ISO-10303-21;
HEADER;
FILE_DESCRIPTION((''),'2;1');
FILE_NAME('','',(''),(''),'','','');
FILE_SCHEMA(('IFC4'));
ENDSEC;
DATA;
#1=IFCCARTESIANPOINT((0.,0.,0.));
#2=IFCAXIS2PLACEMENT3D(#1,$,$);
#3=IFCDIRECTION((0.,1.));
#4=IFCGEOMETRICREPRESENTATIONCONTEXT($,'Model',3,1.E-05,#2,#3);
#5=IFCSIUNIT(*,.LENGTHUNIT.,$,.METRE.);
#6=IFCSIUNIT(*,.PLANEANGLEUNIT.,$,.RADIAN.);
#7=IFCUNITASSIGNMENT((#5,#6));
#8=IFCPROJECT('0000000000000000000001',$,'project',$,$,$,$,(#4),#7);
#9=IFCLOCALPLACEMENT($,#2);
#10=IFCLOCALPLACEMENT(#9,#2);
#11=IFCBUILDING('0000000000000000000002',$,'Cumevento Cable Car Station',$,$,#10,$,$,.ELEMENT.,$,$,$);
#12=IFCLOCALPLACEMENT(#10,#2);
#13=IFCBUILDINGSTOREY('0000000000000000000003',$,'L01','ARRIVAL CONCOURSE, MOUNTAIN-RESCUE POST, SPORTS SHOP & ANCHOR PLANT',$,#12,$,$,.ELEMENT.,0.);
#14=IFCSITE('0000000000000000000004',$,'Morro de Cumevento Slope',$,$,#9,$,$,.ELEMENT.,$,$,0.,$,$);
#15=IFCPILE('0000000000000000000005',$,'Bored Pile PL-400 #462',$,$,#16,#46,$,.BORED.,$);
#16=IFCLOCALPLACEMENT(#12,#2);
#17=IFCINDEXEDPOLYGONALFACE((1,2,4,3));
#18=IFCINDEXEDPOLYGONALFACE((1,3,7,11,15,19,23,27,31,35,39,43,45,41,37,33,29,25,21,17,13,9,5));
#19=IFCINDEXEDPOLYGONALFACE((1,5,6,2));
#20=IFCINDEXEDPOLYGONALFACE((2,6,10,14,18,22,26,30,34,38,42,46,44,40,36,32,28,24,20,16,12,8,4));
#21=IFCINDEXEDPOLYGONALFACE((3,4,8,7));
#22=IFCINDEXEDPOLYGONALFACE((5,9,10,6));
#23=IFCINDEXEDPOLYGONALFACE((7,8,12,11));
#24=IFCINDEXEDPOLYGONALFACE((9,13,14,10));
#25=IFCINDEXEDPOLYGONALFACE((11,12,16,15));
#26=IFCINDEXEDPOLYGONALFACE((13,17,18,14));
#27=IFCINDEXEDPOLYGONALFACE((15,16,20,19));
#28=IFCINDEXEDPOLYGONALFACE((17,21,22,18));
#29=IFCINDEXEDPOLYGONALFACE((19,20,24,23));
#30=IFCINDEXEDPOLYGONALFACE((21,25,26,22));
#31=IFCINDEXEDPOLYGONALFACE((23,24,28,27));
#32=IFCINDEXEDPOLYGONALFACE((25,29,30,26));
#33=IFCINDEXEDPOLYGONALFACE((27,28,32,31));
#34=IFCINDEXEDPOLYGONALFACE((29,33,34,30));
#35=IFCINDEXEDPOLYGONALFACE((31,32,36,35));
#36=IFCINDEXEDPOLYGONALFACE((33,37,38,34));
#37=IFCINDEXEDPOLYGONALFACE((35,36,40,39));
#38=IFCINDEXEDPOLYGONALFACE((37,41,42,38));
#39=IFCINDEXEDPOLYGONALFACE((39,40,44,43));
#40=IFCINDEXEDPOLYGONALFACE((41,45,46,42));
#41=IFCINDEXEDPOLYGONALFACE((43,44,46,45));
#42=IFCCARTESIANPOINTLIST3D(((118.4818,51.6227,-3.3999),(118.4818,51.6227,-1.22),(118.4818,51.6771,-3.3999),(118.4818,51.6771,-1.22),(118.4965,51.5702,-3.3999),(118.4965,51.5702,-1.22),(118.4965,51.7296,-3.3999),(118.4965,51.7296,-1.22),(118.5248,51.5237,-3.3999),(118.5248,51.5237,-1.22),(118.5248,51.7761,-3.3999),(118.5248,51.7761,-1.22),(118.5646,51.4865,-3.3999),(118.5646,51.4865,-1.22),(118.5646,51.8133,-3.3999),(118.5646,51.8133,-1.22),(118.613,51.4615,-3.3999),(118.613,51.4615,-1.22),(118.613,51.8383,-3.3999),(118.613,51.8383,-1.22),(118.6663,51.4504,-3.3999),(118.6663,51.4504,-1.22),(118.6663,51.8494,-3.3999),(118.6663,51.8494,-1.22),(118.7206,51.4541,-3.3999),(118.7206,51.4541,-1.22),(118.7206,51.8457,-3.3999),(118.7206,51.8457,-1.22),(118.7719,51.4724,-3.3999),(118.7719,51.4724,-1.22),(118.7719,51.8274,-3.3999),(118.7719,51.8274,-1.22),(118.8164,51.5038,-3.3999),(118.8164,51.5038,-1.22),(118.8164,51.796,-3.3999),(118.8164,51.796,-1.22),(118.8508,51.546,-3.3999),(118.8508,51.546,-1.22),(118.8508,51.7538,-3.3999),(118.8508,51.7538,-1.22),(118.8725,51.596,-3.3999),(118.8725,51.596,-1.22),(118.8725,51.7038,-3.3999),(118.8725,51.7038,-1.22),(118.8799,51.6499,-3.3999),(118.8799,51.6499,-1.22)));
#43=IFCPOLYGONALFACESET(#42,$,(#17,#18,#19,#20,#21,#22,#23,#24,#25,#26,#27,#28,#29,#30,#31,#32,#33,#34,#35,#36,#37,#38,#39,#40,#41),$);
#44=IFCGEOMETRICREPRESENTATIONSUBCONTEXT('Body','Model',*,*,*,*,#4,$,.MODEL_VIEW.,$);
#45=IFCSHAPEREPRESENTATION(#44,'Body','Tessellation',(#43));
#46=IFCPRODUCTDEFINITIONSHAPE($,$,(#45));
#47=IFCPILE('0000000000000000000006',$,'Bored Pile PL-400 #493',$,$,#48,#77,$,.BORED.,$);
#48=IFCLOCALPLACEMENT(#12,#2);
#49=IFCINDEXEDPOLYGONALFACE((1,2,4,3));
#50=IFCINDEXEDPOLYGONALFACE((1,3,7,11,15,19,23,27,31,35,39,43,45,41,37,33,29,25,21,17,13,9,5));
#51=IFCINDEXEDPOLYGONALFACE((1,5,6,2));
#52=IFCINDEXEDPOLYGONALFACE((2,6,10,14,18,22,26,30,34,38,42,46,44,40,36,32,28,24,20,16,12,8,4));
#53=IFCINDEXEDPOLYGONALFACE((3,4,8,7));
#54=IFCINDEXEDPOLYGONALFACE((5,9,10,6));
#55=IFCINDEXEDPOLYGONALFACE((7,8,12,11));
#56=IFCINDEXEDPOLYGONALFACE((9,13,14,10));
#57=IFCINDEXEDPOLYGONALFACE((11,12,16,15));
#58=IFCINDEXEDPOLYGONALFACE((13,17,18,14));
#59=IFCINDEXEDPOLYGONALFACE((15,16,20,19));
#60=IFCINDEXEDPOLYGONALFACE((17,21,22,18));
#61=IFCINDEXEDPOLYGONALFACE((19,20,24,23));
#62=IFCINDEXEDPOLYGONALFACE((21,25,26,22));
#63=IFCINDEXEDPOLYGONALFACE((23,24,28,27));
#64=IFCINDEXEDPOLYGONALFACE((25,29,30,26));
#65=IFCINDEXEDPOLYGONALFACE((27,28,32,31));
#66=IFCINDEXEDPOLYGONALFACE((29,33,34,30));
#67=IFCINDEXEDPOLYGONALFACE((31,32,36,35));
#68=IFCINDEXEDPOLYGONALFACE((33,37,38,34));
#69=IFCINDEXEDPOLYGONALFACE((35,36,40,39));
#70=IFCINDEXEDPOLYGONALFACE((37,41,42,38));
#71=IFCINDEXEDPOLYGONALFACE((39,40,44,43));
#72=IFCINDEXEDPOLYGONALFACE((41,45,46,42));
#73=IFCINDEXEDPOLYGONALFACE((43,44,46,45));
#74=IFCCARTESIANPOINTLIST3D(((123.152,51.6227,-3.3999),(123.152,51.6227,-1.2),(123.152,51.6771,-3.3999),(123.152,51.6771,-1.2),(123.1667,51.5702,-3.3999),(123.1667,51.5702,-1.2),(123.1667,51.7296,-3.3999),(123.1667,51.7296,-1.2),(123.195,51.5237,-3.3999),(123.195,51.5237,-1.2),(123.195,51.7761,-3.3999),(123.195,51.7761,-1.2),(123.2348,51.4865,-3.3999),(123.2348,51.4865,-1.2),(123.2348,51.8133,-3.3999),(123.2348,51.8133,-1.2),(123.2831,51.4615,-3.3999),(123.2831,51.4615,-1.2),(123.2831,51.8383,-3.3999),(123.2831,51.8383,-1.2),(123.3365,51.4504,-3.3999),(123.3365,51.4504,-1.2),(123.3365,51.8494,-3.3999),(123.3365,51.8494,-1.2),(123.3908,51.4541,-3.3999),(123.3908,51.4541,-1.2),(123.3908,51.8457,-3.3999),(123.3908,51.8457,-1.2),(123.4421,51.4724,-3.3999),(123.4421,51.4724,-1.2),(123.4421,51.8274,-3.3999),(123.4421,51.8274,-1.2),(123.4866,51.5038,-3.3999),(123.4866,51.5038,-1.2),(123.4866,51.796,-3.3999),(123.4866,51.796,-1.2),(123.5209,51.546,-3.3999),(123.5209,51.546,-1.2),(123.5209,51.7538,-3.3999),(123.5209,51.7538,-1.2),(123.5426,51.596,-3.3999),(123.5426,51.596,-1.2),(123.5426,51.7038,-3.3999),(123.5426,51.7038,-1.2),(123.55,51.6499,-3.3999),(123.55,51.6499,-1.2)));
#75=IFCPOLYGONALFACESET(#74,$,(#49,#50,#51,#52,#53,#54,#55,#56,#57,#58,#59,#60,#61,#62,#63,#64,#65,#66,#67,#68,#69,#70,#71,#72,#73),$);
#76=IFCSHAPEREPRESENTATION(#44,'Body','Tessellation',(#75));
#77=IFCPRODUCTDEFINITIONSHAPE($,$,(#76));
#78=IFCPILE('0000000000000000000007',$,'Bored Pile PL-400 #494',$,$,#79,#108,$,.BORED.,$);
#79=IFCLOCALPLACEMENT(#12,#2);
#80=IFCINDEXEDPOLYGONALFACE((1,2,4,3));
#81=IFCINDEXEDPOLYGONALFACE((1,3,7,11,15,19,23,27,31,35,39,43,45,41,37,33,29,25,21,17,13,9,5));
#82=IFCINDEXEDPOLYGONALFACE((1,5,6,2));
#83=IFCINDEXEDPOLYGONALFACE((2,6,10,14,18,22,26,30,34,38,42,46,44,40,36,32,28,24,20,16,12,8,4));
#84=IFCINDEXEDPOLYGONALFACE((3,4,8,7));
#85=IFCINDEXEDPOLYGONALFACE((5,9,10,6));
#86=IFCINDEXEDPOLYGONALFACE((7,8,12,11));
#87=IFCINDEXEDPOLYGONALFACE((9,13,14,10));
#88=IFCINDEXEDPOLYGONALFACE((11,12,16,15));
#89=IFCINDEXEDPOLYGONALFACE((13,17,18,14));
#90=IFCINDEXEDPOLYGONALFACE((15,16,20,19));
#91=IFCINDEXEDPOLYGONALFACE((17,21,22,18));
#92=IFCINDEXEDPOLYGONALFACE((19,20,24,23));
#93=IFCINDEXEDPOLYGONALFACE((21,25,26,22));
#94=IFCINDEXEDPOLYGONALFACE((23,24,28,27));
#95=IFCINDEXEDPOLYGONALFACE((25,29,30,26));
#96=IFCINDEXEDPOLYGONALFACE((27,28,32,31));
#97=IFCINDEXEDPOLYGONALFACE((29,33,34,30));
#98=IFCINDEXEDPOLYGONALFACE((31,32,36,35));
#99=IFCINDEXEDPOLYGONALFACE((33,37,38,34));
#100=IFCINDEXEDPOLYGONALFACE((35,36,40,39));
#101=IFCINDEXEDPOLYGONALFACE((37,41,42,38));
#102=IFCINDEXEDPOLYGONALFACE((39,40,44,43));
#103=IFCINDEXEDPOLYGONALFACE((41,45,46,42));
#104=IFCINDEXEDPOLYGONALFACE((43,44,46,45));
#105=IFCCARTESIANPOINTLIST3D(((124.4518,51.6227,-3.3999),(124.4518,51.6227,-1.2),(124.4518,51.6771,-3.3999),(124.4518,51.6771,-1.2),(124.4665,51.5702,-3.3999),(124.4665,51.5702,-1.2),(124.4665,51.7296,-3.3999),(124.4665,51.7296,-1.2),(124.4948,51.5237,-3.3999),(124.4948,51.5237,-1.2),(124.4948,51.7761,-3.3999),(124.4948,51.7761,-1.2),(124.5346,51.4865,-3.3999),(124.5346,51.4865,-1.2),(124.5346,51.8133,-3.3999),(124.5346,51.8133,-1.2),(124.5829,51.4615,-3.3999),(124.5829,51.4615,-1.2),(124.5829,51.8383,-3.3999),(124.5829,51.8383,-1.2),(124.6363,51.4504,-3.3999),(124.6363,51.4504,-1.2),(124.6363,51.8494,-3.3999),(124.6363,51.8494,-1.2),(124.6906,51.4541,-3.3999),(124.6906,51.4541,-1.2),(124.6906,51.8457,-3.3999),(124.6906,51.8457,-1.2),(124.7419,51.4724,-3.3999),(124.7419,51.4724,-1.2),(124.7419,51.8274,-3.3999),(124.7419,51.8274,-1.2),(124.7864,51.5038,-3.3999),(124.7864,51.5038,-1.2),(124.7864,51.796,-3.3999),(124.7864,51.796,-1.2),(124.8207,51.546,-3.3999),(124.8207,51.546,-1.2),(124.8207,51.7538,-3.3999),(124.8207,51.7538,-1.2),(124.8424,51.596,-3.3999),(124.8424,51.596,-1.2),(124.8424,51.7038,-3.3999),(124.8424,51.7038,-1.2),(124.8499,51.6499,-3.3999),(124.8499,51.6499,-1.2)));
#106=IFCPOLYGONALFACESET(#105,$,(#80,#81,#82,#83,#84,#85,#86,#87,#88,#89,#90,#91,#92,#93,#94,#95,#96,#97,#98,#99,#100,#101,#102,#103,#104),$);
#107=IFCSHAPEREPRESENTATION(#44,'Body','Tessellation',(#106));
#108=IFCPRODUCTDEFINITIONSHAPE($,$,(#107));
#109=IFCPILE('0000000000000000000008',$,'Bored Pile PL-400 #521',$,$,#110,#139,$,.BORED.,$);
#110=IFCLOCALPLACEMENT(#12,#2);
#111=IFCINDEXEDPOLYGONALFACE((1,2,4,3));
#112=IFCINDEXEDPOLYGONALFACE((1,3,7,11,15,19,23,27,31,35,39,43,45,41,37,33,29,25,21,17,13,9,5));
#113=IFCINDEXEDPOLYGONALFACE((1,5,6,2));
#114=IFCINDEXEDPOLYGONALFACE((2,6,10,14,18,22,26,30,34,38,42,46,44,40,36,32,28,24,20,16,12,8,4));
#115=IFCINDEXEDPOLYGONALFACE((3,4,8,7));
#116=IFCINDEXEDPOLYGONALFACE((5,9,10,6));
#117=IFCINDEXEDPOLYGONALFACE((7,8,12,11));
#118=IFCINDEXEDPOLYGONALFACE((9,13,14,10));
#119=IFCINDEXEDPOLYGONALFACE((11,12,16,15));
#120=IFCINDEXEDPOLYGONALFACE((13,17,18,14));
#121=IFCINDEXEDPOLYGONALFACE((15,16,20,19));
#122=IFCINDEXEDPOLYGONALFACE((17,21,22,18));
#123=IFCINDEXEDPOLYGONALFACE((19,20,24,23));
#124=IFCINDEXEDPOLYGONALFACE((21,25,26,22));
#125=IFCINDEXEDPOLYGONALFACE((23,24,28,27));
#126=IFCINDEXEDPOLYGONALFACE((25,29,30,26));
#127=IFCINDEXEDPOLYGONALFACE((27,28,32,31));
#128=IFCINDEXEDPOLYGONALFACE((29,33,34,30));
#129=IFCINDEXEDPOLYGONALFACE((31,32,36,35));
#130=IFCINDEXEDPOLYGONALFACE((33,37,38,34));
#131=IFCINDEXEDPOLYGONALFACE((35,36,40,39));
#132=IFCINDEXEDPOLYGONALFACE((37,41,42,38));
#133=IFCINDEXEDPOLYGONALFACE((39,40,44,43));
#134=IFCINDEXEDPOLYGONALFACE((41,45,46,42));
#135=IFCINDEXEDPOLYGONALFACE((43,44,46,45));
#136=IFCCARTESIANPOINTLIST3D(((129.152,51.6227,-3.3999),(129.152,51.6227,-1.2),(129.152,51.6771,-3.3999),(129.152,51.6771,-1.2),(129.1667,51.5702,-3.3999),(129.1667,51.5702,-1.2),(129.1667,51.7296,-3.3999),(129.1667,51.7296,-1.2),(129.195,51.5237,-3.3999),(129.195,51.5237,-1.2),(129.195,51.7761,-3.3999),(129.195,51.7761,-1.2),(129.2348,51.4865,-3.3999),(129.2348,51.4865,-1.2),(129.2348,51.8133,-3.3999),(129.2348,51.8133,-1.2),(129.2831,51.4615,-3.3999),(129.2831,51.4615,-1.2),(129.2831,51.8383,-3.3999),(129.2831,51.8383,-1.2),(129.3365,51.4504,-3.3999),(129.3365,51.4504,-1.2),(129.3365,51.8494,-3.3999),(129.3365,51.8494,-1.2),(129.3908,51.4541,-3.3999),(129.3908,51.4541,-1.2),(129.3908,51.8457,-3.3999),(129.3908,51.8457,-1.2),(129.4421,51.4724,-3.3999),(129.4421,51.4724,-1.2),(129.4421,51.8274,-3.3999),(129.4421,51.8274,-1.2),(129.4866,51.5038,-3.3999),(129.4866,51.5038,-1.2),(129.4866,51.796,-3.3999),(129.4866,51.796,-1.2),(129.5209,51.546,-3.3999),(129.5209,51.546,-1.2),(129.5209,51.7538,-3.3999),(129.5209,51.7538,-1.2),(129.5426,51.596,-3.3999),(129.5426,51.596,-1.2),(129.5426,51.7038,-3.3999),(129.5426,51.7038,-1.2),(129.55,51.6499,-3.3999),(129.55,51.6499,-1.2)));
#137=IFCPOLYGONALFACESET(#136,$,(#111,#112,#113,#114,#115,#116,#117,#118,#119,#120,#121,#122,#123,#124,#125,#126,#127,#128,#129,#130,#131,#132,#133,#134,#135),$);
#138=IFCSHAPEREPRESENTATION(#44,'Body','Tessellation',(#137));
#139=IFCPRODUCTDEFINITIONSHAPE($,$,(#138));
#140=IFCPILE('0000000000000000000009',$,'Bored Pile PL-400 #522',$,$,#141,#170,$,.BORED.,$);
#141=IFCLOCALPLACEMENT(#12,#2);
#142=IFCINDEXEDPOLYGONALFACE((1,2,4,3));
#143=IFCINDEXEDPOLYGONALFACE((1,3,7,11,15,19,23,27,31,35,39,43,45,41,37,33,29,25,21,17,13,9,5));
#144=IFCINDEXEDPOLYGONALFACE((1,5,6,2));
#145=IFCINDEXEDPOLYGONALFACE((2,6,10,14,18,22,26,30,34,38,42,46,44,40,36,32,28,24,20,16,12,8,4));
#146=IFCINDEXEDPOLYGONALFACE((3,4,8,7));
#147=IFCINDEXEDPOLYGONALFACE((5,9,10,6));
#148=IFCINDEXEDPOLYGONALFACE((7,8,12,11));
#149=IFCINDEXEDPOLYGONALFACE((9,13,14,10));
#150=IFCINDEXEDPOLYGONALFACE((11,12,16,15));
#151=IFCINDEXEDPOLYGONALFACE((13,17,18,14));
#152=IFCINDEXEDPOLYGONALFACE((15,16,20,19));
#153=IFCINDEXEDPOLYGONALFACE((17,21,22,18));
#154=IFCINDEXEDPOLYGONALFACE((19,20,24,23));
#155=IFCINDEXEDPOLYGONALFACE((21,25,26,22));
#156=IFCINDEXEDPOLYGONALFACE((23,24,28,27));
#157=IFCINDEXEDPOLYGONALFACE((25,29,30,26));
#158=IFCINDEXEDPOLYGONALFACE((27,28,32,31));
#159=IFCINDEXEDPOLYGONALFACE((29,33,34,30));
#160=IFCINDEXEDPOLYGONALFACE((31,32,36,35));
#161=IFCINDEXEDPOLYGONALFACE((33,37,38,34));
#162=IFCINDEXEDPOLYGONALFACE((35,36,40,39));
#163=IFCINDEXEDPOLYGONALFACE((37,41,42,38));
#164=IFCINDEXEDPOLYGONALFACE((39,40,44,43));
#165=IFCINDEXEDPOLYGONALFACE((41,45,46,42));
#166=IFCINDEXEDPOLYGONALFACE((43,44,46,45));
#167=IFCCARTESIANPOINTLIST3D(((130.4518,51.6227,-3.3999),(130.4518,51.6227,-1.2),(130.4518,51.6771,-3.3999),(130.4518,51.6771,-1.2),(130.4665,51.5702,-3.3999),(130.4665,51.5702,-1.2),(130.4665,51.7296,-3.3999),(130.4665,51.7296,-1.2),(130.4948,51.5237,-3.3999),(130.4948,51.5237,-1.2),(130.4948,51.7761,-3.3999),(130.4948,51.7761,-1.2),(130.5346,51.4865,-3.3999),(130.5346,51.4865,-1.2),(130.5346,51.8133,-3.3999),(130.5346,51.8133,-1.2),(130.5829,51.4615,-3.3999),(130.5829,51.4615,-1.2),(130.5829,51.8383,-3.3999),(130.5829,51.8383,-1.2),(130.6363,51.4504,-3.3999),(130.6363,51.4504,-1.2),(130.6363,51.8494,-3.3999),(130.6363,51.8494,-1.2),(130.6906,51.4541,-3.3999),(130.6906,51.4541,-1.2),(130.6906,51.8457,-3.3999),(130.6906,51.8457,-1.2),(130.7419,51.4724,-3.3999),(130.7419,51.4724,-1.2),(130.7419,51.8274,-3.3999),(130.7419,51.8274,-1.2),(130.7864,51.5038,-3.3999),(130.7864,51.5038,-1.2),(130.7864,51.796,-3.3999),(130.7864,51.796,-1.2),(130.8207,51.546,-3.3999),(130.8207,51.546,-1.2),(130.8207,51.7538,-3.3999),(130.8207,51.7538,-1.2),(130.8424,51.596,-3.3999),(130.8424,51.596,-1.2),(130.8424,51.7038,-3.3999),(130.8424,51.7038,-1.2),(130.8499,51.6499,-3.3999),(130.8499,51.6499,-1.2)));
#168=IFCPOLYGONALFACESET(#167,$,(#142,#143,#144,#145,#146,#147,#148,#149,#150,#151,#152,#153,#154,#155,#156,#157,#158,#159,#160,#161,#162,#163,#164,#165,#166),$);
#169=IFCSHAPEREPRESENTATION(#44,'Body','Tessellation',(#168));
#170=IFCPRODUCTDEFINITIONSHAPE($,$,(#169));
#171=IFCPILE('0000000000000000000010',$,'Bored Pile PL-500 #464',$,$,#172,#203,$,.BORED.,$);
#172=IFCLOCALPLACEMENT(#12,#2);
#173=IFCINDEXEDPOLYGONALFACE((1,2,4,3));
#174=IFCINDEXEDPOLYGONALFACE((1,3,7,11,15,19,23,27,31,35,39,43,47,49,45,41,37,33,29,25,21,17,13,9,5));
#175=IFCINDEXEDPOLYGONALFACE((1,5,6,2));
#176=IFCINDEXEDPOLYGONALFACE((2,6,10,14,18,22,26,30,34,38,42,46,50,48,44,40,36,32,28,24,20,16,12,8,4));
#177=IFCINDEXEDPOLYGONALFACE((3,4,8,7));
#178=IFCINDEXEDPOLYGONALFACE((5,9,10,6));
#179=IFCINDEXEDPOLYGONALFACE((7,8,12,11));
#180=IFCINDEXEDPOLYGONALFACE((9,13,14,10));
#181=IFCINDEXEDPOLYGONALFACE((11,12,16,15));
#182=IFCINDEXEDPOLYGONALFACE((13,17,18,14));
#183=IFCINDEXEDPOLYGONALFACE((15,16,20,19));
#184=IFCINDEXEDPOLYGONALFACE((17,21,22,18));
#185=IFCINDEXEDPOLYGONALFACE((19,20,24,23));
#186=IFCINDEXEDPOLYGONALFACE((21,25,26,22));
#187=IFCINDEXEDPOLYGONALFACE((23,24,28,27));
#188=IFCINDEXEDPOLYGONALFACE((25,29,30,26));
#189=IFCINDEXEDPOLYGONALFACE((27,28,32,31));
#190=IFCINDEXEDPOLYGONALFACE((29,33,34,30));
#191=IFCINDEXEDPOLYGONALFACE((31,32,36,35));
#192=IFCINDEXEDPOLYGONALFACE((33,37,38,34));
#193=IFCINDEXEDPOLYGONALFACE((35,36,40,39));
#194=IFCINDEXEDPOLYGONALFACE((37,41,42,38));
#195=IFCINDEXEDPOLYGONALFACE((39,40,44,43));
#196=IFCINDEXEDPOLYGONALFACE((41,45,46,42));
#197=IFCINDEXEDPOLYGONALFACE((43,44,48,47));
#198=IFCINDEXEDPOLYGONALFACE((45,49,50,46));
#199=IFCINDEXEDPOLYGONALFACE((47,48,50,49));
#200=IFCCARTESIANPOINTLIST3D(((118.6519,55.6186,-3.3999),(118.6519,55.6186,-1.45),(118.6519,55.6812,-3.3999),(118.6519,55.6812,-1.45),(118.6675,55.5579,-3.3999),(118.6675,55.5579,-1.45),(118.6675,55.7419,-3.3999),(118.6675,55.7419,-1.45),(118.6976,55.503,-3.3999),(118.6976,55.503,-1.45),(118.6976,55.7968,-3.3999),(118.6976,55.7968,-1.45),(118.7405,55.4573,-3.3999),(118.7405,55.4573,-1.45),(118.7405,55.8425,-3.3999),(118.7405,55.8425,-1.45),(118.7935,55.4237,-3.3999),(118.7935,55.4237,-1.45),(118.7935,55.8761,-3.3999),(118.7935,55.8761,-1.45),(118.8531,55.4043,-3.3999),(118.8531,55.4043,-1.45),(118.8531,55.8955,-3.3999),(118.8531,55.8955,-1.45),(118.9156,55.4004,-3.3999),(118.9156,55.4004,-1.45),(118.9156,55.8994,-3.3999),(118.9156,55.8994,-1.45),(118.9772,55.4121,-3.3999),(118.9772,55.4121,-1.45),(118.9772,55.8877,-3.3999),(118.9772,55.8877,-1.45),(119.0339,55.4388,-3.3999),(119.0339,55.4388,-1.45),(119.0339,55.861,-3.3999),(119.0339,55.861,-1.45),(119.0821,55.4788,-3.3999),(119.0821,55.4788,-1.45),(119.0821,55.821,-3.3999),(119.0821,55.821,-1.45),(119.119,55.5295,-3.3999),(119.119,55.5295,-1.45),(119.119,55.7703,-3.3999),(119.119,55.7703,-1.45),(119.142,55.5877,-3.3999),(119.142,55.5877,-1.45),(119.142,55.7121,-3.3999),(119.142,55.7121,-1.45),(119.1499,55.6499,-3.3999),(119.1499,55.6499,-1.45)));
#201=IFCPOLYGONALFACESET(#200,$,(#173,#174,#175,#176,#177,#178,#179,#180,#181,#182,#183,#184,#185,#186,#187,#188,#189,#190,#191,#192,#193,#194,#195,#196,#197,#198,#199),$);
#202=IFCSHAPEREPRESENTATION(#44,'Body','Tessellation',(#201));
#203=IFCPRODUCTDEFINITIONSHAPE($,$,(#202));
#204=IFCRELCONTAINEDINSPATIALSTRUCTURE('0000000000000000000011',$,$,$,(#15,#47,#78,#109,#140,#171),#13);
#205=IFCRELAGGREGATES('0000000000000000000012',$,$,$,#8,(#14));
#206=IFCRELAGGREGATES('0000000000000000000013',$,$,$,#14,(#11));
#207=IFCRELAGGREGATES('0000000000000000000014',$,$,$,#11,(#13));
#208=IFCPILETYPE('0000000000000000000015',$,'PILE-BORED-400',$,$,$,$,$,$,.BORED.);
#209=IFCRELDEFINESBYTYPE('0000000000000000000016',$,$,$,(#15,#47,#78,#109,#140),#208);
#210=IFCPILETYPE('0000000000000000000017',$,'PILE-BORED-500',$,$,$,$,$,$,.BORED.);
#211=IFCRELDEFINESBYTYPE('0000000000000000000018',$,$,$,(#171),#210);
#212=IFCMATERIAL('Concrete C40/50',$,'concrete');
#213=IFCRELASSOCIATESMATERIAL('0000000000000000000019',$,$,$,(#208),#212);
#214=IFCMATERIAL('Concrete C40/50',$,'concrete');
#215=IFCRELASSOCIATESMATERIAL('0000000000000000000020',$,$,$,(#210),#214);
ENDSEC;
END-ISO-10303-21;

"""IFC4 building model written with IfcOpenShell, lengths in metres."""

from ifc_helpers import new_model, si_unit, direction, frame, origin, origin_2d, place, context, subcontext, project, spatial, circle, extrude, material, material_profile, profile_set, type_object, element, save


model = new_model("IFC4")

# Units and contexts
model_context = context("Model", 3, precision=1e-05, world=origin(), true_north=direction((0.0, 1.0)))
body_context = subcontext(model_context, "Body", "Model", "MODEL_VIEW")
ifc_project = project(units=[si_unit("LENGTHUNIT", "METRE"), si_unit("PLANEANGLEUNIT", "RADIAN")], contexts=[model_context])

# Site, building, storey
site_placement = place(None, origin())
site = spatial("IfcSite", under=ifc_project, at=site_placement, Name="Morro de Cumevento Slope", CompositionType="ELEMENT", RefElevation=0.0)
building_placement = place(site_placement, origin())
building = spatial("IfcBuilding", under=site, at=building_placement, Name="Cumevento Cable Car Station", CompositionType="ELEMENT")
storey_placement = place(building_placement, origin())
storey = spatial("IfcBuildingStorey", under=building, at=storey_placement, Name="L01", Description="ARRIVAL CONCOURSE, MOUNTAIN-RESCUE POST, SPORTS SHOP & ANCHOR PLANT", CompositionType="ELEMENT", Elevation=0.0)

# Piles
ifc_material_1 = material(Name="Concrete C40/50", Category="concrete")
ifc_material_profile_1 = material_profile(ifc_material_1, circle(Radius=0.2, at=origin_2d()), Name="PILE-D400")
ifc_profile_set_1 = profile_set([ifc_material_profile_1], Name="Concrete C40/50")
pile_type_1 = type_object("IfcPileType", Name="PILE-BORED-400", PredefinedType="BORED", material=ifc_profile_set_1)
pile_1_placement = place(storey_placement, frame((118.6799, 51.6499, -1.22), z_axis=(0.0, 0.0, -1.0), x_axis=(1.0, 0.0, 0.0)))
element("IfcPile", 1, at=pile_1_placement, inside=storey, type_object=pile_type_1, Name="Bored Pile PL-400 #462", PredefinedType="BORED", context=body_context, shape_type="SweptSolid", body=[
    extrude(circle(Radius=0.2, at=origin_2d()), origin(), (0.0, 0.0, 1.0), 2.1799),
])
for number, where, z_axis, x_axis, name in (
    (2, (123.3501, 51.6499, -1.2), (0.0, 0.0, -1.0), (1.0, 0.0, 0.0), "Bored Pile PL-400 #493"),
    (3, (124.6499, 51.6499, -1.2), (0.0, 0.0, -1.0), (1.0, 0.0, 0.0), "Bored Pile PL-400 #494"),
    (4, (129.3501, 51.6499, -1.2), (0.0, 0.0, -1.0), (1.0, 0.0, 0.0), "Bored Pile PL-400 #521"),
    (5, (130.6499, 51.6499, -1.2), (0.0, 0.0, -1.0), (1.0, 0.0, 0.0), "Bored Pile PL-400 #522"),
):
    element("IfcPile", number, at=place(storey_placement, frame(where, z_axis=z_axis, x_axis=x_axis)), inside=storey, type_object=pile_type_1, Name=name, PredefinedType="BORED", context=body_context, shape_type="SweptSolid", body=[
        extrude(circle(Radius=0.2, at=origin_2d()), origin(), (0.0, 0.0, 1.0), 2.2),
    ])
ifc_material_2 = material(Name="Concrete C40/50", Category="concrete")
ifc_material_profile_2 = material_profile(ifc_material_2, circle(Radius=0.25, at=origin_2d()), Name="PILE-D500")
ifc_profile_set_2 = profile_set([ifc_material_profile_2], Name="Concrete C40/50")
pile_type_2 = type_object("IfcPileType", Name="PILE-BORED-500", PredefinedType="BORED", material=ifc_profile_set_2)
pile_2_placement = place(storey_placement, frame((118.8999, 55.6499, -1.45), z_axis=(0.0, 0.0, -1.0), x_axis=(1.0, 0.0, 0.0)))
element("IfcPile", 6, at=pile_2_placement, inside=storey, type_object=pile_type_2, Name="Bored Pile PL-500 #464", PredefinedType="BORED", context=body_context, shape_type="SweptSolid", body=[
    extrude(circle(Radius=0.25, at=origin_2d()), origin(), (0.0, 0.0, 1.0), 1.95),
])

save(model, "model.ifc")
